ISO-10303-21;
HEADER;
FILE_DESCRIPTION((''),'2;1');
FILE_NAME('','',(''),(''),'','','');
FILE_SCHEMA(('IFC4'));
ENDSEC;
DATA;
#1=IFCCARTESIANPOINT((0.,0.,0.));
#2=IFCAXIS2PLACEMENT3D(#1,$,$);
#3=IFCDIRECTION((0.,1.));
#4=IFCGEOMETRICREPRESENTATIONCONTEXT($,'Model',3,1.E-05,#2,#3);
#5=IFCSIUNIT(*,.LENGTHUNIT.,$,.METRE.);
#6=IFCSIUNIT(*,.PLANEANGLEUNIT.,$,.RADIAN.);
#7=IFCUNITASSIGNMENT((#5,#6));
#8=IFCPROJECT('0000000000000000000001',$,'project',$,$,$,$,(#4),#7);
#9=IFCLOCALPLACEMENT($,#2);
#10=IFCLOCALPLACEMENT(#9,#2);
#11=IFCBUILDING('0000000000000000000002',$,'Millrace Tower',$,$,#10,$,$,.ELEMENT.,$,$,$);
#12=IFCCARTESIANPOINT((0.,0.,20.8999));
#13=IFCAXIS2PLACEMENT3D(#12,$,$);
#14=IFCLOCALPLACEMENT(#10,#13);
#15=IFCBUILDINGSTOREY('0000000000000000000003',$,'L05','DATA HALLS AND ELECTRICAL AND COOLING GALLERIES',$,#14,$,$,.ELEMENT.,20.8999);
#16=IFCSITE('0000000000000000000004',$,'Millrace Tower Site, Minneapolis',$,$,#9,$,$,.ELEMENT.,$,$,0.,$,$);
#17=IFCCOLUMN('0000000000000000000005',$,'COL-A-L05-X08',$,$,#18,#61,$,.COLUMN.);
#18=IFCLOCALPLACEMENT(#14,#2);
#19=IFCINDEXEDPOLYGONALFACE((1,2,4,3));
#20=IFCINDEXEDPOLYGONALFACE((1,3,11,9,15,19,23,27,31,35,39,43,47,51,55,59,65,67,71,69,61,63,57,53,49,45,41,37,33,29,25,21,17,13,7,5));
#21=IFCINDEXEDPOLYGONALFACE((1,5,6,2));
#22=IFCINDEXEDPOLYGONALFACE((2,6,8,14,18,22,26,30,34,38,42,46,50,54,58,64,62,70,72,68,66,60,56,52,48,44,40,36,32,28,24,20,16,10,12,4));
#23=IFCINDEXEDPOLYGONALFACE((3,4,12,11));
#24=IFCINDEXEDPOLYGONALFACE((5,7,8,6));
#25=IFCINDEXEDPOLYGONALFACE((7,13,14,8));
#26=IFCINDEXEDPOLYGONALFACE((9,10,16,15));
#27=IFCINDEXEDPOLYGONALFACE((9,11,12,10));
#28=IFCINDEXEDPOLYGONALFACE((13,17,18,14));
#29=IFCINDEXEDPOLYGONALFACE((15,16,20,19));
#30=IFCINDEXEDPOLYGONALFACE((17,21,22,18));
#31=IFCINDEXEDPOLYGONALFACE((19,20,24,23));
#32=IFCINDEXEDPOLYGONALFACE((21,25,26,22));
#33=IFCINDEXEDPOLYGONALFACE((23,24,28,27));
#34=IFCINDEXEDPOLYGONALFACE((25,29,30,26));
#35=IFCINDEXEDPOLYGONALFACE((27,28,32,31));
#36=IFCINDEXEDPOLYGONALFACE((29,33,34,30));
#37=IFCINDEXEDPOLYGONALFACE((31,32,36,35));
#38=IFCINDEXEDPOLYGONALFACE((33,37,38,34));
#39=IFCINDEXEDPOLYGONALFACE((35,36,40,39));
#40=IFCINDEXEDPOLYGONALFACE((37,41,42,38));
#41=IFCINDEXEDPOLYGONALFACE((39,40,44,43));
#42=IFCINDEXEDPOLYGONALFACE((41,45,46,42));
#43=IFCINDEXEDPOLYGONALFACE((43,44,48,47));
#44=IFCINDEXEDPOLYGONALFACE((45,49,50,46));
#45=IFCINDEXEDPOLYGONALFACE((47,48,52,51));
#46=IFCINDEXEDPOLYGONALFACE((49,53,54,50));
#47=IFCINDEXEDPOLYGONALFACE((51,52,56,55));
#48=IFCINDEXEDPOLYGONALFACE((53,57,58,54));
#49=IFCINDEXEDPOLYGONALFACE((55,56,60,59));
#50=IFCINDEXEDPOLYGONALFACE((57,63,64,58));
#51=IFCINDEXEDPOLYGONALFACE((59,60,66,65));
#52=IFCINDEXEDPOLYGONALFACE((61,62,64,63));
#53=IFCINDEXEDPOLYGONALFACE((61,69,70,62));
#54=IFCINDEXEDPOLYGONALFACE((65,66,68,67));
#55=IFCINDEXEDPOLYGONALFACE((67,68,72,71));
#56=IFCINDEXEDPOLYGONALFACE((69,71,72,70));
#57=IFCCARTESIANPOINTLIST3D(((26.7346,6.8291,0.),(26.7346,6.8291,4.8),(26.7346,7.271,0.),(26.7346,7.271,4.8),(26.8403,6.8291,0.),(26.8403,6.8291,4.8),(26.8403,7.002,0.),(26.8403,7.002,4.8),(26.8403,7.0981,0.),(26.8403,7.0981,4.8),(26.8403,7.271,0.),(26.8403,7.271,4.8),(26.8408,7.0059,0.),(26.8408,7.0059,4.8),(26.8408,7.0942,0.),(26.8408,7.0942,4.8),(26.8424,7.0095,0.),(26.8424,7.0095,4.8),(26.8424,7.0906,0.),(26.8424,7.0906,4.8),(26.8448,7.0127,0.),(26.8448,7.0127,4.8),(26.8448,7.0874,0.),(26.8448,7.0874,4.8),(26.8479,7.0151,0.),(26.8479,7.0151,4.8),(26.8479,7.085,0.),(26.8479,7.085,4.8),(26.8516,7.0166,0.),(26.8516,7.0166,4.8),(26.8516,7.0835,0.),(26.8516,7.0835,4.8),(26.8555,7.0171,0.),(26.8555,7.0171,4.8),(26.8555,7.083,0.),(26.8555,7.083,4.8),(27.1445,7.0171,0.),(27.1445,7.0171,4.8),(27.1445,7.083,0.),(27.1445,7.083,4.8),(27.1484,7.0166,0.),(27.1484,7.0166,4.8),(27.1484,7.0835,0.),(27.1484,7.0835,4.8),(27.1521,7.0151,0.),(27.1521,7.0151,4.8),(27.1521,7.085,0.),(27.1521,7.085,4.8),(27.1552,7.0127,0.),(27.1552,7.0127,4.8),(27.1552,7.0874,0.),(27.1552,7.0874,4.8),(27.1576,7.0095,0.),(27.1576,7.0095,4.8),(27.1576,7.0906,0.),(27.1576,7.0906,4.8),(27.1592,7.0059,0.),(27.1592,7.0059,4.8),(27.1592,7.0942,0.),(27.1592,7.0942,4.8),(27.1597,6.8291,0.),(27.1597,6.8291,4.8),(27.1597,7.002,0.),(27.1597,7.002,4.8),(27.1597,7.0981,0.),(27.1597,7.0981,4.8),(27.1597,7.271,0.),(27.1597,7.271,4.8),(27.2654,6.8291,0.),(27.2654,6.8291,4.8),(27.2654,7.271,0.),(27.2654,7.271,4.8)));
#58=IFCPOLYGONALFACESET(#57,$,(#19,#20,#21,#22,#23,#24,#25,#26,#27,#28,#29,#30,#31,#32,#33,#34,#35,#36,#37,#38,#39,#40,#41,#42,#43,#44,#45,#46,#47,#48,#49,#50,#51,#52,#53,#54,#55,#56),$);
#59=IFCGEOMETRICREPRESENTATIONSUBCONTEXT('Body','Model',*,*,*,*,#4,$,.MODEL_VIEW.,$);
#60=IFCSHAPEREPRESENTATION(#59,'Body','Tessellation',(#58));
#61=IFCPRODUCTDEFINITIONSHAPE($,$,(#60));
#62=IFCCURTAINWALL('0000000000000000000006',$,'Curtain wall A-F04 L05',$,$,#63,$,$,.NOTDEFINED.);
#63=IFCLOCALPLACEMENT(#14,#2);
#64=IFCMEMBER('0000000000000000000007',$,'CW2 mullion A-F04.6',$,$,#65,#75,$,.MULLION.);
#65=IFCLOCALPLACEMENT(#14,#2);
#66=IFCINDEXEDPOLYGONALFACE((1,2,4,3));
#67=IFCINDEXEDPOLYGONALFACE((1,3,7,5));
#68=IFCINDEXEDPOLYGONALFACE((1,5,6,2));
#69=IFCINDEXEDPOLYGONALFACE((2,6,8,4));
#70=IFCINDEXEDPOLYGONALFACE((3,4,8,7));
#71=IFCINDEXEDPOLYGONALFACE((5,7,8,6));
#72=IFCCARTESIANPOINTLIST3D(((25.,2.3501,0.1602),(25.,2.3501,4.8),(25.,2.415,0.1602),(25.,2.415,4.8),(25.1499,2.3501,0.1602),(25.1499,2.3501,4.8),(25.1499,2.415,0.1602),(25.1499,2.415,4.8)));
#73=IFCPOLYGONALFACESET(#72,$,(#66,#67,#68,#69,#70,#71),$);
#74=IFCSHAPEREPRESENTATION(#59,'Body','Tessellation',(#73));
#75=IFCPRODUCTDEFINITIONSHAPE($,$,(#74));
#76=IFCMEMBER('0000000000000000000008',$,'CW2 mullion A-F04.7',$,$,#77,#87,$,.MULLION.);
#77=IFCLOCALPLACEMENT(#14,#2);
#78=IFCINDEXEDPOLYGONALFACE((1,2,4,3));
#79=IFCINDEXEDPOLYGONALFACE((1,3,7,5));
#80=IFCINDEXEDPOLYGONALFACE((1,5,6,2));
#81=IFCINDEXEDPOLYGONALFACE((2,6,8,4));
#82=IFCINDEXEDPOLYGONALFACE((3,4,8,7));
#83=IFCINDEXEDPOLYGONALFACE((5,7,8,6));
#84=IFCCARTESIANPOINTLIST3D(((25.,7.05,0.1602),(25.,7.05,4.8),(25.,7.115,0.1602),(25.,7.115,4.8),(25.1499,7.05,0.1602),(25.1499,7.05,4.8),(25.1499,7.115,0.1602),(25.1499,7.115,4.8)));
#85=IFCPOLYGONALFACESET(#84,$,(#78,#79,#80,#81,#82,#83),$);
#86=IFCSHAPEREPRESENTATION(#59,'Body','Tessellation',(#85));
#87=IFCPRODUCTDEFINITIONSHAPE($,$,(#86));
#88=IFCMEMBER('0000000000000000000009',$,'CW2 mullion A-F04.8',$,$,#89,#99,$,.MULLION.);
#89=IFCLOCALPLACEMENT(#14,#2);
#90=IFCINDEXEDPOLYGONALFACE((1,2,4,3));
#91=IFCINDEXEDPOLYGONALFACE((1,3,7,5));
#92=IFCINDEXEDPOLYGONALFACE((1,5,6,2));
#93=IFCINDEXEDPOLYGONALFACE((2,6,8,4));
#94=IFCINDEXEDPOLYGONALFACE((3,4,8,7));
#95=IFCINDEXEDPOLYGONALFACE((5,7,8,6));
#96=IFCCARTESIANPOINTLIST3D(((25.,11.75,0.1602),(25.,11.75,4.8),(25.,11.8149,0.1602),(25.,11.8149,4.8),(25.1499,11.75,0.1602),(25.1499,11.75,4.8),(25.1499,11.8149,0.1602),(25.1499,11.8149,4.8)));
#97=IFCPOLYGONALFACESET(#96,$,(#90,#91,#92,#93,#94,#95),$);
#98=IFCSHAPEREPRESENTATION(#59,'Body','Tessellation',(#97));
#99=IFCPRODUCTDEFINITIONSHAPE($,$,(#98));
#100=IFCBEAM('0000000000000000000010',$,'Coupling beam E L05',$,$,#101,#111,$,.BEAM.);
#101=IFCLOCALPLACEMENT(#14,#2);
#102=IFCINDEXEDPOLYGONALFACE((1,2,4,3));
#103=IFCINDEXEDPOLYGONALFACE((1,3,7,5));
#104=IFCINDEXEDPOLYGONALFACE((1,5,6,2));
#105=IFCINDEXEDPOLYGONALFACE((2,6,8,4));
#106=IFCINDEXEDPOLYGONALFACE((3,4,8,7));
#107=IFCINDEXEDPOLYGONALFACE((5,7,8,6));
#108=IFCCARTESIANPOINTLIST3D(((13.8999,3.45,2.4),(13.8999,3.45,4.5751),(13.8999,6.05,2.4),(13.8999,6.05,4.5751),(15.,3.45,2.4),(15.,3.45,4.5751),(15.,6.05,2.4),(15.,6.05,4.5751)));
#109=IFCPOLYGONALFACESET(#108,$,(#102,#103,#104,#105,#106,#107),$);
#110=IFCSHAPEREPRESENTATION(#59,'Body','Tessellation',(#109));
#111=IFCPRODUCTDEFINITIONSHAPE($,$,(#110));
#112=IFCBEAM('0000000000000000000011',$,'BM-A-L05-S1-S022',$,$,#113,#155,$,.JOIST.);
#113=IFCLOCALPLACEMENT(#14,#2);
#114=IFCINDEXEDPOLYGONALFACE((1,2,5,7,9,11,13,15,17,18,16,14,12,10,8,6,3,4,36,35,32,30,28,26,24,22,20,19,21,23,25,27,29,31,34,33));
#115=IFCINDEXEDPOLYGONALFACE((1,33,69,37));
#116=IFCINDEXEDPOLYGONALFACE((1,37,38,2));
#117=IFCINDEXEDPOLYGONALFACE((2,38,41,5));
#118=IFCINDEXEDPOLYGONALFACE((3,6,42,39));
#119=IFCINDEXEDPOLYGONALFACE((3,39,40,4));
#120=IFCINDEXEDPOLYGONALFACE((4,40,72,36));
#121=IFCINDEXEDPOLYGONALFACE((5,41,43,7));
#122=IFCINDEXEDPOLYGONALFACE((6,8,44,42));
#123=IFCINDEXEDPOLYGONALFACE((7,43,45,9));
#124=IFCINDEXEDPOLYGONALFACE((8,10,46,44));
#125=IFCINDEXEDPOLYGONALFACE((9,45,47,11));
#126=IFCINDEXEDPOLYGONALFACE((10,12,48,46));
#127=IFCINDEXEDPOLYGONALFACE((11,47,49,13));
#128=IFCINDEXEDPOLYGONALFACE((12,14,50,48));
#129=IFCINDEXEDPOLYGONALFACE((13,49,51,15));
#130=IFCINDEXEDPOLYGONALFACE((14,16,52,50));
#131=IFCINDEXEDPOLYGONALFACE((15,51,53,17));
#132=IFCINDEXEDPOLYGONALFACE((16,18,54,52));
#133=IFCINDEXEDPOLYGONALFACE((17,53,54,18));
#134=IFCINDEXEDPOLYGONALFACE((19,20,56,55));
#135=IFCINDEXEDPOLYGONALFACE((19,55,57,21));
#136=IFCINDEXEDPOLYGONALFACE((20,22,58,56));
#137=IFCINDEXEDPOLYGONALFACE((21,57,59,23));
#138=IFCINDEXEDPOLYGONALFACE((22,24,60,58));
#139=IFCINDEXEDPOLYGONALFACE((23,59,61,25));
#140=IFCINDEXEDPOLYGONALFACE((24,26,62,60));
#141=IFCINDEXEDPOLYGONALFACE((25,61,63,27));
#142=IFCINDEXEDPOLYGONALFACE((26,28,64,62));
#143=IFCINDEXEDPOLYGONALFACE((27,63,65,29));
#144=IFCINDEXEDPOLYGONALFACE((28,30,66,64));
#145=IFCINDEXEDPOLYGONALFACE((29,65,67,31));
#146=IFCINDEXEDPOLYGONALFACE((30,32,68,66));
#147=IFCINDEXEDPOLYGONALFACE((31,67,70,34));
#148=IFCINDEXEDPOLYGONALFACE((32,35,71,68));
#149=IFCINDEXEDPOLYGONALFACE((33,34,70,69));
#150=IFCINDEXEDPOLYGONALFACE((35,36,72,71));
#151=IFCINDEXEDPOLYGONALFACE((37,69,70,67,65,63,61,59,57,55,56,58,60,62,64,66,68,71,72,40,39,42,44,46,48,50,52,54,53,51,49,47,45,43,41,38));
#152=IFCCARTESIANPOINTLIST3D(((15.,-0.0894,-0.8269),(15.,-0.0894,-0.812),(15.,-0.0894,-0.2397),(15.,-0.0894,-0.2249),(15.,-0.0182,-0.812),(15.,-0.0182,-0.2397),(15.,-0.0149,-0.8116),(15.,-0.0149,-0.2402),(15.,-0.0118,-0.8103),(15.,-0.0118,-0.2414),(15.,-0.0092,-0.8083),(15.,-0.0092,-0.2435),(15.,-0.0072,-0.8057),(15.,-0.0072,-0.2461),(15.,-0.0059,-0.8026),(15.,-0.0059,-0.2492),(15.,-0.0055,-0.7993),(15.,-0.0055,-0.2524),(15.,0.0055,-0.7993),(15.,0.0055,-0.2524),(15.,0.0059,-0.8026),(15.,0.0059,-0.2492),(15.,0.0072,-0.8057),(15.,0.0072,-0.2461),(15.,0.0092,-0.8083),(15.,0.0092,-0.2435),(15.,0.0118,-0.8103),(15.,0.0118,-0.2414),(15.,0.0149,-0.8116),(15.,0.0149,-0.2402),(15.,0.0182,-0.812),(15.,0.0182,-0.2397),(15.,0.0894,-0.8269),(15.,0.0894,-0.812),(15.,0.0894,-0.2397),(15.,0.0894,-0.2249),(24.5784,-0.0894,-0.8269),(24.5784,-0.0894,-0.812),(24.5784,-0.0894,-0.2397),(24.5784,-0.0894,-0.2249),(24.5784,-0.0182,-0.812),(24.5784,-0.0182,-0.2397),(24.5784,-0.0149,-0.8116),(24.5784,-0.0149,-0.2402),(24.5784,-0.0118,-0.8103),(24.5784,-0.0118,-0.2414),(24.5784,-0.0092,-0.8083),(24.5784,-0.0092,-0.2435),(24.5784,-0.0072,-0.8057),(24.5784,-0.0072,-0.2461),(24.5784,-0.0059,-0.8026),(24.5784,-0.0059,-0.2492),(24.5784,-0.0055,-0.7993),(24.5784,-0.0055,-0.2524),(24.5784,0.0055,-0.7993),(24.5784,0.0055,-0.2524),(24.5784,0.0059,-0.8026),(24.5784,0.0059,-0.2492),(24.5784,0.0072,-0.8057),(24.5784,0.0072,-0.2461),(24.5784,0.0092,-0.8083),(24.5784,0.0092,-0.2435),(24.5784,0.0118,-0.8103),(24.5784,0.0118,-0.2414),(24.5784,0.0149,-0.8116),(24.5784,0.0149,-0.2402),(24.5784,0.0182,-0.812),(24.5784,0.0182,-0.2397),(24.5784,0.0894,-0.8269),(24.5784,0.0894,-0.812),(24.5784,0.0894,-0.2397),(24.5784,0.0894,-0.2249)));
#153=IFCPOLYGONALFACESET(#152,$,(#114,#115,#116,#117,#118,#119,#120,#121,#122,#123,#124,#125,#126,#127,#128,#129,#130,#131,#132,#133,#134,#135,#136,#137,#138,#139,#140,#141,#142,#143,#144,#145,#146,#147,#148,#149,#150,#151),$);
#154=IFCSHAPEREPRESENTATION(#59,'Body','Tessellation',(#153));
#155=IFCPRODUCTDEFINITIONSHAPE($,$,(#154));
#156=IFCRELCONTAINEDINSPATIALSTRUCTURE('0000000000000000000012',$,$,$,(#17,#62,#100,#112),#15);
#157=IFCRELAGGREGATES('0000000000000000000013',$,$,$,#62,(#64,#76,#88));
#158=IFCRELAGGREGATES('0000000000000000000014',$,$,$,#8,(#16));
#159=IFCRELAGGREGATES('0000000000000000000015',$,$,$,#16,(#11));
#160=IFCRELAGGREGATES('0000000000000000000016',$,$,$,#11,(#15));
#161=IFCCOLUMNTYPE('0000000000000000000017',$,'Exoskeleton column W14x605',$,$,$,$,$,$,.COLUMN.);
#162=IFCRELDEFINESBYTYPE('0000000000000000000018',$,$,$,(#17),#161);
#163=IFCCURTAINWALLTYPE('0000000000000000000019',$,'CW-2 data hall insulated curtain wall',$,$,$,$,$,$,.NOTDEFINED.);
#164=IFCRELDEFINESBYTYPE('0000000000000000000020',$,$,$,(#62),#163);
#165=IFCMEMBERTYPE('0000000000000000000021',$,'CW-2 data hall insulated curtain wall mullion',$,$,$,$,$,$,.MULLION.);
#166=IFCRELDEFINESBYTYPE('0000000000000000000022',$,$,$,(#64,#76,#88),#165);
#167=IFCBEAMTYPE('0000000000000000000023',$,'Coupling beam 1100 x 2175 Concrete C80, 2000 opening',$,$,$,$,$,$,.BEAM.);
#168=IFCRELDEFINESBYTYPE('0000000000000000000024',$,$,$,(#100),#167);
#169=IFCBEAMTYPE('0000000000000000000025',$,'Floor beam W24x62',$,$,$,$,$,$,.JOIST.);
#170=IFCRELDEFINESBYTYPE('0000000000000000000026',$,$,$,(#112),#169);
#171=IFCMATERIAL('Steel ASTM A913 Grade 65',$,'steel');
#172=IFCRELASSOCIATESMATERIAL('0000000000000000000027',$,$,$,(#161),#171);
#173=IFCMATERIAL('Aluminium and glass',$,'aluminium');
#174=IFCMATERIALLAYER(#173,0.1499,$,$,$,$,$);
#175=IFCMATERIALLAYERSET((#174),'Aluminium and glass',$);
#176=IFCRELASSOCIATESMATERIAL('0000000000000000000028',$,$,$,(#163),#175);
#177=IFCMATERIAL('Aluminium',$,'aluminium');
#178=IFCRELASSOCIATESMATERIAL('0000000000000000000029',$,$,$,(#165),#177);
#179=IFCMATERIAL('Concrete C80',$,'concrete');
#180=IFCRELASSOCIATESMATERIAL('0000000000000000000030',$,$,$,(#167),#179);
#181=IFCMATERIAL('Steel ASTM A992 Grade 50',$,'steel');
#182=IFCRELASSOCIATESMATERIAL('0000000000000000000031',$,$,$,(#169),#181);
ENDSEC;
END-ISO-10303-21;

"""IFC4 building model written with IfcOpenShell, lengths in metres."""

from ifc_helpers import new_model, si_unit, direction, frame, origin, origin_2d, place, context, subcontext, project, spatial, rectangle, i_section, extrude, material, layer, layer_set, material_profile, profile_set, type_object, element, aggregate, save


model = new_model("IFC4")

# Units and contexts
model_context = context("Model", 3, precision=1e-05, world=origin(), true_north=direction((0.0, 1.0)))
body_context = subcontext(model_context, "Body", "Model", "MODEL_VIEW")
ifc_project = project(units=[si_unit("LENGTHUNIT", "METRE"), si_unit("PLANEANGLEUNIT", "RADIAN")], contexts=[model_context])

# Site, building, storey
site_placement = place(None, origin())
site = spatial("IfcSite", under=ifc_project, at=site_placement, Name="Millrace Tower Site, Minneapolis", CompositionType="ELEMENT", RefElevation=0.0)
building_placement = place(site_placement, origin())
building = spatial("IfcBuilding", under=site, at=building_placement, Name="Millrace Tower", CompositionType="ELEMENT")
storey_placement = place(building_placement, frame((0.0, 0.0, 20.8999)))
storey = spatial("IfcBuildingStorey", under=building, at=storey_placement, Name="L05", Description="DATA HALLS AND ELECTRICAL AND COOLING GALLERIES", CompositionType="ELEMENT", Elevation=20.8999)

# Column
ifc_material_1 = material(Name="Steel ASTM A913 Grade 65", Category="steel")
ifc_material_profile_1 = material_profile(ifc_material_1, i_section(OverallWidth=0.4419, OverallDepth=0.5308, WebThickness=0.0659, FlangeThickness=0.1057, FilletRadius=0.0151, at=origin_2d()))
ifc_profile_set_1 = profile_set([ifc_material_profile_1], Name="Steel ASTM A913 Grade 65")
column_type = type_object("IfcColumnType", Name="Exoskeleton column W14x605", PredefinedType="COLUMN", material=ifc_profile_set_1)
column_placement = place(storey_placement, frame((27.0, 7.05, 0.0), z_axis=(0.0, 0.0, 1.0), x_axis=(0.0, 1.0, 0.0)))
element("IfcColumn", 1, at=column_placement, inside=storey, type_object=column_type, Name="COL-A-L05-X08", PredefinedType="COLUMN", context=body_context, shape_type="SweptSolid", body=[
    extrude(i_section(OverallWidth=0.4419, OverallDepth=0.5308, WebThickness=0.0659, FlangeThickness=0.1057, FilletRadius=0.0151, at=origin_2d()), origin(), (0.0, 0.0, 1.0), 4.8),
])

# Curtain wall, members
ifc_material_2 = material(Name="Aluminium and glass", Category="aluminium")
ifc_layer_1 = layer(ifc_material_2, 0.1499)
ifc_layer_set_1 = layer_set([ifc_layer_1], Name="Aluminium and glass")
curtain_wall_type = type_object("IfcCurtainWallType", Name="CW-2 data hall insulated curtain wall", PredefinedType="NOTDEFINED", material=ifc_layer_set_1)
curtain_wall_placement = place(storey_placement, origin())
curtain_wall = element("IfcCurtainWall", 2, at=curtain_wall_placement, inside=storey, type_object=curtain_wall_type, Name="Curtain wall A-F04 L05", PredefinedType="NOTDEFINED")
ifc_material_3 = material(Name="Aluminium", Category="aluminium")
ifc_material_profile_2 = material_profile(ifc_material_3, rectangle(XDim=0.0649, YDim=0.1499, at=origin_2d()))
ifc_profile_set_2 = profile_set([ifc_material_profile_2], Name="Aluminium")
member_type = type_object("IfcMemberType", Name="CW-2 data hall insulated curtain wall mullion", PredefinedType="MULLION", material=ifc_profile_set_2)
member_1_placement = place(storey_placement, frame((25.075, 2.3826, 0.1602), z_axis=(0.0, 0.0, 1.0), x_axis=(0.0, 1.0, 0.0)))
member_1 = element("IfcMember", 3, at=member_1_placement, type_object=member_type, Name="CW2 mullion A-F04.6", PredefinedType="MULLION", context=body_context, shape_type="SweptSolid", body=[
    extrude(rectangle(XDim=0.0649, YDim=0.1499, at=origin_2d()), origin(), (0.0, 0.0, 1.0), 4.6399),
])
member_2_placement = place(storey_placement, frame((25.075, 7.0825, 0.1602), z_axis=(0.0, 0.0, 1.0), x_axis=(0.0, 1.0, 0.0)))
member_2 = element("IfcMember", 4, at=member_2_placement, type_object=member_type, Name="CW2 mullion A-F04.7", PredefinedType="MULLION", context=body_context, shape_type="SweptSolid", body=[
    extrude(rectangle(XDim=0.0649, YDim=0.1499, at=origin_2d()), origin(), (0.0, 0.0, 1.0), 4.6399),
])
member_3_placement = place(storey_placement, frame((25.075, 11.7825, 0.1602), z_axis=(0.0, 0.0, 1.0), x_axis=(0.0, 1.0, 0.0)))
member_3 = element("IfcMember", 5, at=member_3_placement, type_object=member_type, Name="CW2 mullion A-F04.8", PredefinedType="MULLION", context=body_context, shape_type="SweptSolid", body=[
    extrude(rectangle(XDim=0.0649, YDim=0.1499, at=origin_2d()), origin(), (0.0, 0.0, 1.0), 4.6399),
])
aggregate(curtain_wall, [member_1, member_2, member_3])

# Beams
ifc_material_4 = material(Name="Concrete C80", Category="concrete")
ifc_material_profile_3 = material_profile(ifc_material_4, rectangle(XDim=1.1001, YDim=2.175, at=origin_2d()))
ifc_profile_set_3 = profile_set([ifc_material_profile_3], Name="Concrete C80")
beam_type_1 = type_object("IfcBeamType", Name="Coupling beam 1100 x 2175 Concrete C80, 2000 opening", PredefinedType="BEAM", material=ifc_profile_set_3)
beam_1_placement = place(storey_placement, frame((14.45, 6.05, 3.4875), z_axis=(0.0, -1.0, 0.0), x_axis=(1.0, 0.0, 0.0)))
element("IfcBeam", 6, at=beam_1_placement, inside=storey, type_object=beam_type_1, Name="Coupling beam E L05", PredefinedType="BEAM", context=body_context, shape_type="SweptSolid", body=[
    extrude(rectangle(XDim=1.1001, YDim=2.175, at=origin_2d()), origin(), (0.0, 0.0, 1.0), 2.6001),
])
ifc_material_5 = material(Name="Steel ASTM A992 Grade 50", Category="steel")
ifc_material_profile_4 = material_profile(ifc_material_5, i_section(OverallWidth=0.1787, OverallDepth=0.6021, WebThickness=0.011, FlangeThickness=0.0149, FilletRadius=0.0127, at=origin_2d()))
ifc_profile_set_4 = profile_set([ifc_material_profile_4], Name="Steel ASTM A992 Grade 50")
beam_type_2 = type_object("IfcBeamType", Name="Floor beam W24x62", PredefinedType="JOIST", material=ifc_profile_set_4)
for number, where, z_axis, x_axis, name in (
    (7, (15.0, 0.0, -0.5259), (1.0, 0.0, 0.0), (0.0, 1.0, 0.0), "BM-A-L05-S1-S022"),
):
    element("IfcBeam", number, at=place(storey_placement, frame(where, z_axis=z_axis, x_axis=x_axis)), inside=storey, type_object=beam_type_2, Name=name, PredefinedType="JOIST", context=body_context, shape_type="SweptSolid", body=[
        extrude(i_section(OverallWidth=0.1787, OverallDepth=0.6021, WebThickness=0.011, FlangeThickness=0.0149, FilletRadius=0.0127, at=origin_2d()), origin(), (0.0, 0.0, 1.0), 9.5784),
    ])

save(model, "model.ifc")
